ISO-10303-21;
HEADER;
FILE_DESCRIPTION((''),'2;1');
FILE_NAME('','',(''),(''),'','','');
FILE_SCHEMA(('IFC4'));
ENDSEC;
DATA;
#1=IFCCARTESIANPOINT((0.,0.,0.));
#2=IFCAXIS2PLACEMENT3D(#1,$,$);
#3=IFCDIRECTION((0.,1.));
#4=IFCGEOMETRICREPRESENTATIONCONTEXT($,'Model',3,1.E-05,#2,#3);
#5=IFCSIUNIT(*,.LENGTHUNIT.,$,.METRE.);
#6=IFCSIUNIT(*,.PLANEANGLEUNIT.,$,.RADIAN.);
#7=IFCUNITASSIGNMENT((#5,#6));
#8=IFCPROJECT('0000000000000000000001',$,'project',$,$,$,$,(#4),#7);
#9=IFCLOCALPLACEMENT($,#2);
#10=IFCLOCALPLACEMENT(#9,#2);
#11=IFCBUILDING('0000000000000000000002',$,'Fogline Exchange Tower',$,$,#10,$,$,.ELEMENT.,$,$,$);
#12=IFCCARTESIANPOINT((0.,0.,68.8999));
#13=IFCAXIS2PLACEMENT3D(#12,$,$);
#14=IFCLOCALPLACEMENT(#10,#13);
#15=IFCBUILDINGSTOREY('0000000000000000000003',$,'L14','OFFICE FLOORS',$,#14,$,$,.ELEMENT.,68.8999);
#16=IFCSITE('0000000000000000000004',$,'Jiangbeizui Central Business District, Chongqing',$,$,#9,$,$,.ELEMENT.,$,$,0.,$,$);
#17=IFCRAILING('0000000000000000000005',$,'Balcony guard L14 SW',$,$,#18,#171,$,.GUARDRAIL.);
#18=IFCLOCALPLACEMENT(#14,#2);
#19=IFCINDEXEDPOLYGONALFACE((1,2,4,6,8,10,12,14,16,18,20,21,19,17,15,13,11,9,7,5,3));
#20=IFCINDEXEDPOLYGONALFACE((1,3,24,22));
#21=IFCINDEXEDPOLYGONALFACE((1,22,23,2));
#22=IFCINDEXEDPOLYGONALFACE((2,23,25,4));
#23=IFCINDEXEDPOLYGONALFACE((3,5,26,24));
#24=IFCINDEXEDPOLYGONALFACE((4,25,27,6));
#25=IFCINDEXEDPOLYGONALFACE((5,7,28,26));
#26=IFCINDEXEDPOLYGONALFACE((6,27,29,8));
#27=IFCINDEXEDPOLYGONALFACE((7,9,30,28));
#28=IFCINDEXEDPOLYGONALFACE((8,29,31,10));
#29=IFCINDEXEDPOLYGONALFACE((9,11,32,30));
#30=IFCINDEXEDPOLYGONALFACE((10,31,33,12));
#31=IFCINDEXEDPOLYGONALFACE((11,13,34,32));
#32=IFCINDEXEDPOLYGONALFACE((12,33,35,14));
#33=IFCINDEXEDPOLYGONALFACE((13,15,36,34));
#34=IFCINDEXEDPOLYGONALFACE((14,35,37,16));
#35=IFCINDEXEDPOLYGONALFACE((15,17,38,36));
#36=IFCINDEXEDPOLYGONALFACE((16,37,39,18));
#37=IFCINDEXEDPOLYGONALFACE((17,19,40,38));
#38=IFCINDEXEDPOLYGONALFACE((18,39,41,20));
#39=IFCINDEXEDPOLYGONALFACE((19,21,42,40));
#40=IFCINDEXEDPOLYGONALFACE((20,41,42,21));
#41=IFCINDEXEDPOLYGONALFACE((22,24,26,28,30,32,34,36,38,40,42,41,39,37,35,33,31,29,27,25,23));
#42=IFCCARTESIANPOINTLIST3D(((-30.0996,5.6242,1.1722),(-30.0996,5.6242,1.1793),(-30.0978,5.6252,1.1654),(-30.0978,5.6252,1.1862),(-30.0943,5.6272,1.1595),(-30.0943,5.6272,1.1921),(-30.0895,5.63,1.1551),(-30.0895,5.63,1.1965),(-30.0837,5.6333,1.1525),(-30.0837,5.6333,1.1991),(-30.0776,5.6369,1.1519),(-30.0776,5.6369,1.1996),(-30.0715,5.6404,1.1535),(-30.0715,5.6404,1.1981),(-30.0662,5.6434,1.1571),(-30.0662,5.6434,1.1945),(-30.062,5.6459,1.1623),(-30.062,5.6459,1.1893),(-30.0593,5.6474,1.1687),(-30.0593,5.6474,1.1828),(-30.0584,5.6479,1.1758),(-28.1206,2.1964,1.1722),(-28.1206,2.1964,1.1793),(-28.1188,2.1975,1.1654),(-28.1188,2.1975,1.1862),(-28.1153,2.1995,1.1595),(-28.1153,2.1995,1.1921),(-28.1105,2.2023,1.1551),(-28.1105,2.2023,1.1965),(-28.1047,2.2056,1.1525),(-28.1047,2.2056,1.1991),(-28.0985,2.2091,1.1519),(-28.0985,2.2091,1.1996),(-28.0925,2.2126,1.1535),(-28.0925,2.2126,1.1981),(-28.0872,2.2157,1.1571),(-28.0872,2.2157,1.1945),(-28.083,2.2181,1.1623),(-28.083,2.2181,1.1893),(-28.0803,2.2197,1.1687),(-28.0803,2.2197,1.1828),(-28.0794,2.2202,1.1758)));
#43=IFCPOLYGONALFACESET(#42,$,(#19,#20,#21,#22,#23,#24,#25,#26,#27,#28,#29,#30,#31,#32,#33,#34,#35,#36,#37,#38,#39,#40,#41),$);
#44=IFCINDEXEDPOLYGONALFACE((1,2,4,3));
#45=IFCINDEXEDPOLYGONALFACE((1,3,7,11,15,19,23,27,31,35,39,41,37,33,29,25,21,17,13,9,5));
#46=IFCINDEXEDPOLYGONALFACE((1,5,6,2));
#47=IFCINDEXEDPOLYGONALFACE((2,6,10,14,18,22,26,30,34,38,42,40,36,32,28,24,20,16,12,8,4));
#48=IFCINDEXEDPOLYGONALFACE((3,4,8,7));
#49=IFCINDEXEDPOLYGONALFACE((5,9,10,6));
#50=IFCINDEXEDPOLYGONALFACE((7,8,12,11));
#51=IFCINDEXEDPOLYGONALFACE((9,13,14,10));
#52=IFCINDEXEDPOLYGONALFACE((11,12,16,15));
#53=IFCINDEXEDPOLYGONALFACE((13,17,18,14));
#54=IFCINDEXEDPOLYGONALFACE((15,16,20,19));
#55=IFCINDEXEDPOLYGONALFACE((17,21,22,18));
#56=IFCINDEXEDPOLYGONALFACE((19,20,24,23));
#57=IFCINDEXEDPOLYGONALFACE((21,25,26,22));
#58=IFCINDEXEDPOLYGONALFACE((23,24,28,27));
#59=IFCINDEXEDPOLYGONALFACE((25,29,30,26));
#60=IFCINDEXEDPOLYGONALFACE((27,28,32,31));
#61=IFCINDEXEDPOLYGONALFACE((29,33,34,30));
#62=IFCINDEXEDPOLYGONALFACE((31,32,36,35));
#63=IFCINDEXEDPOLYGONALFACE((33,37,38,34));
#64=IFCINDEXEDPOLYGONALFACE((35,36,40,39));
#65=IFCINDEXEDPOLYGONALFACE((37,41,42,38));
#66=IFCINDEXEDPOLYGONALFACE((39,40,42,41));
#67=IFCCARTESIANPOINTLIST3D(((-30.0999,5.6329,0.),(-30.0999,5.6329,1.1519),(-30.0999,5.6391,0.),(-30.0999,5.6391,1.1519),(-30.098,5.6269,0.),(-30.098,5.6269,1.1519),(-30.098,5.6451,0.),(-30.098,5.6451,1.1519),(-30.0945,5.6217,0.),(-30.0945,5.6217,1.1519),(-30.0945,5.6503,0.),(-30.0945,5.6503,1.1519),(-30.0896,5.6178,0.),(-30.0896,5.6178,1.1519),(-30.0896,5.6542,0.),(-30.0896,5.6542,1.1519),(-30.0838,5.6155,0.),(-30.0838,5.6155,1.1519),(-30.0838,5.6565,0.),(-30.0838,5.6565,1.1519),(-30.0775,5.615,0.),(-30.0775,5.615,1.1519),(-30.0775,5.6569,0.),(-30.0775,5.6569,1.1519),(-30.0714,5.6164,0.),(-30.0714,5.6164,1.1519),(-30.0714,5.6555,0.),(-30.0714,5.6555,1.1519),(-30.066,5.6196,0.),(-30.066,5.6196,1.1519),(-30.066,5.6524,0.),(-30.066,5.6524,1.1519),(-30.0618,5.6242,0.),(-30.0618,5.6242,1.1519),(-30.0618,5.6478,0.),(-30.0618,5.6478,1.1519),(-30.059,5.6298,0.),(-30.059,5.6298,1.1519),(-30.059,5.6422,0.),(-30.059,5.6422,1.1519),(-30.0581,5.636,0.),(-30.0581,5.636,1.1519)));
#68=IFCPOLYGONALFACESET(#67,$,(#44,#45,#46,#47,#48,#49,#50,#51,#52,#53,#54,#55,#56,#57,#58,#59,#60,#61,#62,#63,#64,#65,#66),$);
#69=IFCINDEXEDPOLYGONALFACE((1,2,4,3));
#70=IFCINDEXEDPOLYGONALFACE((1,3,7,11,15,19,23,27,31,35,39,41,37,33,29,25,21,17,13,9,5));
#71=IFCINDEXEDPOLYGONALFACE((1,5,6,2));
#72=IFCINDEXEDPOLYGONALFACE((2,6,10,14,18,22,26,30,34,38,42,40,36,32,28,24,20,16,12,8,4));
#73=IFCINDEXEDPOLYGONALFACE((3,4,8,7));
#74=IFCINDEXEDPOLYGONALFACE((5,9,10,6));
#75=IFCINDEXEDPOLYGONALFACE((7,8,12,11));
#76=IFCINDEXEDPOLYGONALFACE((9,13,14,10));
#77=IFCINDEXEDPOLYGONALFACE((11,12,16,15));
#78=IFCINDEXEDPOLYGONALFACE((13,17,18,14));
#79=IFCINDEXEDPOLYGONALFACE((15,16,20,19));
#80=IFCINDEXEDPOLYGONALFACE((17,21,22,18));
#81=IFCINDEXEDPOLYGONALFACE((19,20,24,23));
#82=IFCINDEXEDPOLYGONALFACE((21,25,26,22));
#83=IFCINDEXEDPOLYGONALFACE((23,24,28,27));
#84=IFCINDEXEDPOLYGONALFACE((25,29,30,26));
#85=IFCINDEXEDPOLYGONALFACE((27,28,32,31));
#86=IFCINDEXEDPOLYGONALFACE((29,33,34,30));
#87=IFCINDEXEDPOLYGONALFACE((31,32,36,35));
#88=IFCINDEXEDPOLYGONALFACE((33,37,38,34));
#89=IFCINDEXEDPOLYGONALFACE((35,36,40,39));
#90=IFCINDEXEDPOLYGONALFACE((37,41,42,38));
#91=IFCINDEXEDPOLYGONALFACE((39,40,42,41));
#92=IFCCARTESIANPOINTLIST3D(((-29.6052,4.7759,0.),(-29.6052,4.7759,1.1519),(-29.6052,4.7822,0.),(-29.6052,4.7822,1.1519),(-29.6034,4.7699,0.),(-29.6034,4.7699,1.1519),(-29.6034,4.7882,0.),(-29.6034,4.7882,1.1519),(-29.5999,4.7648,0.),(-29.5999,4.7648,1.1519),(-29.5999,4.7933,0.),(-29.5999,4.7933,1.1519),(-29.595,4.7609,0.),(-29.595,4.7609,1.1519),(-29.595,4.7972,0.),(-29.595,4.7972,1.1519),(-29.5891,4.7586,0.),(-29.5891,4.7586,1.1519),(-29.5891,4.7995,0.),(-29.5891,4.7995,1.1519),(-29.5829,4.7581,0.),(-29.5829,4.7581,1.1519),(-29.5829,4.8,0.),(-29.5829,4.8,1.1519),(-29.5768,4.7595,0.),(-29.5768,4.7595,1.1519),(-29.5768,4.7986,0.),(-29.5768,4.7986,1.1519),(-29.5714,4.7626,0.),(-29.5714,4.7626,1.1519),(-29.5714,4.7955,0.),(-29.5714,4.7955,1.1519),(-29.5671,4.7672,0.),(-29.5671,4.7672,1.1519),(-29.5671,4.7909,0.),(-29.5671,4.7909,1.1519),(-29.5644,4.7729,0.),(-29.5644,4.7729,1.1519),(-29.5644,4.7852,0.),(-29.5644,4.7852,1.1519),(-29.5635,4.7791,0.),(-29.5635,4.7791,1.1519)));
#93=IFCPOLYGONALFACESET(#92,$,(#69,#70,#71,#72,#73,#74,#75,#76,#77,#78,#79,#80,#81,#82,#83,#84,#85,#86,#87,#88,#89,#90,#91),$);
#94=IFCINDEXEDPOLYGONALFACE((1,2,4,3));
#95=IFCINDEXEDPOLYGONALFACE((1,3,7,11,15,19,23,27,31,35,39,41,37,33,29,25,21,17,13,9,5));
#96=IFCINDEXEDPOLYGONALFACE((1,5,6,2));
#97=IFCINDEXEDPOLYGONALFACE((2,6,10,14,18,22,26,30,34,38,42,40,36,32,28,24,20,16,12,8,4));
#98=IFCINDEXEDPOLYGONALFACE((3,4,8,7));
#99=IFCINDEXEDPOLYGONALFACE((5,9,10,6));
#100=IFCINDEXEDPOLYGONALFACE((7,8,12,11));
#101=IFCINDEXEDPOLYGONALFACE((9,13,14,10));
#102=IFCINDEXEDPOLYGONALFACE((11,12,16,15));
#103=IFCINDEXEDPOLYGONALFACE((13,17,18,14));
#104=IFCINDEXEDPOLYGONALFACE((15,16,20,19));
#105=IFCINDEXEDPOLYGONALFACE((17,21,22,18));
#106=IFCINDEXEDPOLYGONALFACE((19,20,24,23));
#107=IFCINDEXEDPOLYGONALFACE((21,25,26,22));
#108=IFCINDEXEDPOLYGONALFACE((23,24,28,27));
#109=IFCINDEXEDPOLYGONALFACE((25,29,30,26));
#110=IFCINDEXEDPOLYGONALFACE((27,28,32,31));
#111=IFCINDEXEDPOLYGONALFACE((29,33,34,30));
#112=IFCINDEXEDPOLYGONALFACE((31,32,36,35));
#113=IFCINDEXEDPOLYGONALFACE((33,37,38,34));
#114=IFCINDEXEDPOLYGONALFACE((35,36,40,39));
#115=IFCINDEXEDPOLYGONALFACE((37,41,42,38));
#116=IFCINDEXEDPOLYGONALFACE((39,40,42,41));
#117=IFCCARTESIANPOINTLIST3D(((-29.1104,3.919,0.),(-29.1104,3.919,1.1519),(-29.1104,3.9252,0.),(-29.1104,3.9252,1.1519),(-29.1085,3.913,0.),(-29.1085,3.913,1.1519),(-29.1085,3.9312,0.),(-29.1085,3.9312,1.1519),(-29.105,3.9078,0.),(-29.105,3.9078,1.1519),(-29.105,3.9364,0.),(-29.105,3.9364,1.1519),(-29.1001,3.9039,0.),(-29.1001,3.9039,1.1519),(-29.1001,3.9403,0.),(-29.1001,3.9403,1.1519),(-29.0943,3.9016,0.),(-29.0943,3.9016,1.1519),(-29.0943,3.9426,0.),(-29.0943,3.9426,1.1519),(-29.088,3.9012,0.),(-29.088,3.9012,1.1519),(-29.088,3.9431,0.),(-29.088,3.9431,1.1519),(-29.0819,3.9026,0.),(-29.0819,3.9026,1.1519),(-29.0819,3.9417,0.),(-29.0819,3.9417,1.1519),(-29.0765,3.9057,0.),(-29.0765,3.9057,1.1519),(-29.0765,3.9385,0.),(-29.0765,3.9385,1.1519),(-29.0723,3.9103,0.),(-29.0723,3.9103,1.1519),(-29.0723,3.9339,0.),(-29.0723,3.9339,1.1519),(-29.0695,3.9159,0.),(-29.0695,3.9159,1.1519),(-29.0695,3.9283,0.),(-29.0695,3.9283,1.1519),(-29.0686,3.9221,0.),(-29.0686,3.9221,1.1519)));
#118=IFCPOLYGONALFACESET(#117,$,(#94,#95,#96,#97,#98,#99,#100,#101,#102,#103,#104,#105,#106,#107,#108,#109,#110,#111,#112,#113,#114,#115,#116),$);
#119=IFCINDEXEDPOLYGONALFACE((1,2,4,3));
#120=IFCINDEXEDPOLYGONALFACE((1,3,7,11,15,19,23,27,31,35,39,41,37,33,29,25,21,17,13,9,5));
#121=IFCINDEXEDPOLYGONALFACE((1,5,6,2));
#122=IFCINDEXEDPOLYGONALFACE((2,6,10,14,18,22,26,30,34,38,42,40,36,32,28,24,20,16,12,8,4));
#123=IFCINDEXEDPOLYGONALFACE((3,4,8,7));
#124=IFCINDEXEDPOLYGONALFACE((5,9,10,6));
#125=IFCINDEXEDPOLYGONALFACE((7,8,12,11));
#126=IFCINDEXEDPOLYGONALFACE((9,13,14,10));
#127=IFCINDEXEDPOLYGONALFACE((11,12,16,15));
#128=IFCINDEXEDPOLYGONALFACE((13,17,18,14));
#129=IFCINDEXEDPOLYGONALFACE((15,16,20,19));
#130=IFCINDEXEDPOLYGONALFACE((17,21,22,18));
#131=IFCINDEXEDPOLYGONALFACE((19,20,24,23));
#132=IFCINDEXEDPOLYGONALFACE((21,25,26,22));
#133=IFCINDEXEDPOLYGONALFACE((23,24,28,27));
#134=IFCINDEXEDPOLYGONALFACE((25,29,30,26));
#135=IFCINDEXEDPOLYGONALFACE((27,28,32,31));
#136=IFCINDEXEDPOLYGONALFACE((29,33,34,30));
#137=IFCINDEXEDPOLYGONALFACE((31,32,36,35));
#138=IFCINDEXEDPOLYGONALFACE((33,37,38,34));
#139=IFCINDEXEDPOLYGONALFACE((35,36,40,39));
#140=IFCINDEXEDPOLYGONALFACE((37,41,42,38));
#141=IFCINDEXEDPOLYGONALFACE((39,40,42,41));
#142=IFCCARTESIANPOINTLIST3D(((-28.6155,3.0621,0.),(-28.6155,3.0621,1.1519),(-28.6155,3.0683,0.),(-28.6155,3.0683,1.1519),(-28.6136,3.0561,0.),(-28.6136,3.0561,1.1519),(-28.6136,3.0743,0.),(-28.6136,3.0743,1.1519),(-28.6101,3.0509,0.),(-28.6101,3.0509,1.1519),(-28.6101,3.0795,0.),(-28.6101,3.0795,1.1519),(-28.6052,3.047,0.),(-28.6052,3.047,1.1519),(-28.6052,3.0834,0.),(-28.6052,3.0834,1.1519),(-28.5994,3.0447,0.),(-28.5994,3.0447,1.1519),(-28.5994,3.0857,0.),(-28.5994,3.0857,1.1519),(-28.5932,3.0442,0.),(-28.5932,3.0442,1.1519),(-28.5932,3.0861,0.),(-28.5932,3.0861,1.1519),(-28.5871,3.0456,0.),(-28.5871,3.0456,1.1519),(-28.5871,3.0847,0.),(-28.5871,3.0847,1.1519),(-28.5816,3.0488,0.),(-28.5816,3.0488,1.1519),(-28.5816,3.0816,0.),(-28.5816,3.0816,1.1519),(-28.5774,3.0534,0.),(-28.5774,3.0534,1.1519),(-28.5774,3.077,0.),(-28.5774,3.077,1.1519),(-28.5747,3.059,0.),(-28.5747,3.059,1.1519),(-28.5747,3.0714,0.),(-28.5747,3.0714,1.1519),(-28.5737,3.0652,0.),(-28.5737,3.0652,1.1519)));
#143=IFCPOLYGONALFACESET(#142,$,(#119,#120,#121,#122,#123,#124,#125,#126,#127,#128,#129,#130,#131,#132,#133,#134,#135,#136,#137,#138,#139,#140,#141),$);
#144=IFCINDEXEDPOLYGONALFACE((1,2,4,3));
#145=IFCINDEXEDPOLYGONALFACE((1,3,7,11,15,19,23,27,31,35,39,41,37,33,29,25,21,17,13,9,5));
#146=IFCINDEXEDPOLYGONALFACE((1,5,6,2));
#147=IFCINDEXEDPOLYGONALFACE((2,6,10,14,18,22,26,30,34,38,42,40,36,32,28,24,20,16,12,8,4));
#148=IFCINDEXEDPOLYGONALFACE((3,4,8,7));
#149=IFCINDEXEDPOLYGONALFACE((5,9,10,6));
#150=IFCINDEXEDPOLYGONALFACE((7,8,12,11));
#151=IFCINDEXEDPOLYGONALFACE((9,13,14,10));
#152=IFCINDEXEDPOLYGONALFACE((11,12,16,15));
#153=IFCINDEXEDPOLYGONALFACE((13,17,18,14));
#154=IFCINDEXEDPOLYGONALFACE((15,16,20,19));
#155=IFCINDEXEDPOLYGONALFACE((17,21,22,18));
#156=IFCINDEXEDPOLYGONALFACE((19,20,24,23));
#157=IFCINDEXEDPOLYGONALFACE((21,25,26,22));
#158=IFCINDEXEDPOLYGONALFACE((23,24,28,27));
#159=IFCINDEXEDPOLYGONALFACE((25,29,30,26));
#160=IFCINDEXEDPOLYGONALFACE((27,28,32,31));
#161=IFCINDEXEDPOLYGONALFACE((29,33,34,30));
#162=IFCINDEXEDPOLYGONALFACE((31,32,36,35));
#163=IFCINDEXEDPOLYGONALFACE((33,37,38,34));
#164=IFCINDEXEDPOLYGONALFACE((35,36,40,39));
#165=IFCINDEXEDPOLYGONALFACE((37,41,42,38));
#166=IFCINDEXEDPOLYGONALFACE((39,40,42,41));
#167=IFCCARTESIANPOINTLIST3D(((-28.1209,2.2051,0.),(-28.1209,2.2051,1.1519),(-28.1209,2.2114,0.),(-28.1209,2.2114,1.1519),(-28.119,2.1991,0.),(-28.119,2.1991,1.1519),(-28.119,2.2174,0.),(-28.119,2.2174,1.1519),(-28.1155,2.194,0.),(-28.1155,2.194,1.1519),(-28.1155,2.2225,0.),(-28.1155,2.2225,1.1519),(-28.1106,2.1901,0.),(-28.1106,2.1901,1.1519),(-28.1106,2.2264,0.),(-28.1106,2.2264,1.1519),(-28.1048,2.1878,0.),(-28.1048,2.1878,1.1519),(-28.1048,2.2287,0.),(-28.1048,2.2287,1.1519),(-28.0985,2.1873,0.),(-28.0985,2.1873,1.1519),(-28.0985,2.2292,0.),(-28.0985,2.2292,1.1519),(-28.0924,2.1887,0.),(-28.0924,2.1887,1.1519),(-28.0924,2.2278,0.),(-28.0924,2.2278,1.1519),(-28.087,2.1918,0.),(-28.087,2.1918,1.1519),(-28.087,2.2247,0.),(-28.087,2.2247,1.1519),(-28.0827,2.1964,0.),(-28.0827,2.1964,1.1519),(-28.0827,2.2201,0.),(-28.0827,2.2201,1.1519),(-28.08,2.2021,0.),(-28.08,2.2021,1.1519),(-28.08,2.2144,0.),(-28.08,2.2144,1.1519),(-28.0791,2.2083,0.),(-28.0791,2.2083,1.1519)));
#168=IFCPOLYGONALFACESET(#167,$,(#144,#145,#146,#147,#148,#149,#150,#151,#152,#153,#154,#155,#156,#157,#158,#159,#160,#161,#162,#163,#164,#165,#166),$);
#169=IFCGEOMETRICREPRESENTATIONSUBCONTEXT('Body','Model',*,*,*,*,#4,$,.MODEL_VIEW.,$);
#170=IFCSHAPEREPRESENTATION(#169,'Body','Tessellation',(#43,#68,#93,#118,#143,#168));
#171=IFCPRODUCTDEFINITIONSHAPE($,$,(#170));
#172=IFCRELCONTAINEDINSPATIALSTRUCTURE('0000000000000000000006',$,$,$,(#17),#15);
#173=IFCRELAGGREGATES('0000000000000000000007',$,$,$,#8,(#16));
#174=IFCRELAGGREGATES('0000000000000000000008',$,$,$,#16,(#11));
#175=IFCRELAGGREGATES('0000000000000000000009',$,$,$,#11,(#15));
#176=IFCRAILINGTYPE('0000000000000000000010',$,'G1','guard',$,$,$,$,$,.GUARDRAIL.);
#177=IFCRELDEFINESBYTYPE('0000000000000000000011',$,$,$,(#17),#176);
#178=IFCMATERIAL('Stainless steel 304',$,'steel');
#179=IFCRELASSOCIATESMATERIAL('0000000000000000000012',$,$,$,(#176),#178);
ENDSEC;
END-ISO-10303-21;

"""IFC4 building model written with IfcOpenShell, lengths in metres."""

from ifc_helpers import new_model, si_unit, direction, frame, origin, origin_2d, place, context, subcontext, project, spatial, circle, extrude, material, type_object, element, save


model = new_model("IFC4")

# Units and contexts
model_context = context("Model", 3, precision=1e-05, world=origin(), true_north=direction((0.0, 1.0)))
body_context = subcontext(model_context, "Body", "Model", "MODEL_VIEW")
ifc_project = project(units=[si_unit("LENGTHUNIT", "METRE"), si_unit("PLANEANGLEUNIT", "RADIAN")], contexts=[model_context])

# Site, building, storey
site_placement = place(None, origin())
site = spatial("IfcSite", under=ifc_project, at=site_placement, Name="Jiangbeizui Central Business District, Chongqing", CompositionType="ELEMENT", RefElevation=0.0)
building_placement = place(site_placement, origin())
building = spatial("IfcBuilding", under=site, at=building_placement, Name="Fogline Exchange Tower", CompositionType="ELEMENT")
storey_placement = place(building_placement, frame((0.0, 0.0, 68.8999)))
storey = spatial("IfcBuildingStorey", under=building, at=storey_placement, Name="L14", Description="OFFICE FLOORS", CompositionType="ELEMENT", Elevation=68.8999)

# Railing
ifc_material_1 = material(Name="Stainless steel 304", Category="steel")
railing_type = type_object("IfcRailingType", Name="G1", Description="guard", PredefinedType="GUARDRAIL", material=ifc_material_1)
railing_placement = place(storey_placement, frame((-30.0791, 5.636, 0.0)))
element("IfcRailing", 1, at=railing_placement, inside=storey, type_object=railing_type, Name="Balcony guard L14 SW", PredefinedType="GUARDRAIL", context=body_context, shape_type="SweptSolid", body=[
    extrude(circle(Radius=0.0239, at=origin_2d()), frame((0.0, 0.0, 1.1758), z_axis=(0.5, -0.866025, 0.0), x_axis=(0.866025, 0.5, 0.0)), (0.0, 0.0, 1.0), 3.958),
    extrude(circle(Radius=0.021, at=origin_2d()), origin(), (0.0, 0.0, 1.0), 1.1519),
    extrude(circle(Radius=0.021, at=origin_2d()), frame((0.4946, -0.8569, 0.0)), (0.0, 0.0, 1.0), 1.1519),
    extrude(circle(Radius=0.021, at=origin_2d()), frame((0.9895, -1.7139, 0.0)), (0.0, 0.0, 1.0), 1.1519),
    extrude(circle(Radius=0.021, at=origin_2d()), frame((1.4844, -2.5708, 0.0)), (0.0, 0.0, 1.0), 1.1519),
    extrude(circle(Radius=0.021, at=origin_2d()), frame((1.979, -3.4277, 0.0)), (0.0, 0.0, 1.0), 1.1519),
])

save(model, "model.ifc")
